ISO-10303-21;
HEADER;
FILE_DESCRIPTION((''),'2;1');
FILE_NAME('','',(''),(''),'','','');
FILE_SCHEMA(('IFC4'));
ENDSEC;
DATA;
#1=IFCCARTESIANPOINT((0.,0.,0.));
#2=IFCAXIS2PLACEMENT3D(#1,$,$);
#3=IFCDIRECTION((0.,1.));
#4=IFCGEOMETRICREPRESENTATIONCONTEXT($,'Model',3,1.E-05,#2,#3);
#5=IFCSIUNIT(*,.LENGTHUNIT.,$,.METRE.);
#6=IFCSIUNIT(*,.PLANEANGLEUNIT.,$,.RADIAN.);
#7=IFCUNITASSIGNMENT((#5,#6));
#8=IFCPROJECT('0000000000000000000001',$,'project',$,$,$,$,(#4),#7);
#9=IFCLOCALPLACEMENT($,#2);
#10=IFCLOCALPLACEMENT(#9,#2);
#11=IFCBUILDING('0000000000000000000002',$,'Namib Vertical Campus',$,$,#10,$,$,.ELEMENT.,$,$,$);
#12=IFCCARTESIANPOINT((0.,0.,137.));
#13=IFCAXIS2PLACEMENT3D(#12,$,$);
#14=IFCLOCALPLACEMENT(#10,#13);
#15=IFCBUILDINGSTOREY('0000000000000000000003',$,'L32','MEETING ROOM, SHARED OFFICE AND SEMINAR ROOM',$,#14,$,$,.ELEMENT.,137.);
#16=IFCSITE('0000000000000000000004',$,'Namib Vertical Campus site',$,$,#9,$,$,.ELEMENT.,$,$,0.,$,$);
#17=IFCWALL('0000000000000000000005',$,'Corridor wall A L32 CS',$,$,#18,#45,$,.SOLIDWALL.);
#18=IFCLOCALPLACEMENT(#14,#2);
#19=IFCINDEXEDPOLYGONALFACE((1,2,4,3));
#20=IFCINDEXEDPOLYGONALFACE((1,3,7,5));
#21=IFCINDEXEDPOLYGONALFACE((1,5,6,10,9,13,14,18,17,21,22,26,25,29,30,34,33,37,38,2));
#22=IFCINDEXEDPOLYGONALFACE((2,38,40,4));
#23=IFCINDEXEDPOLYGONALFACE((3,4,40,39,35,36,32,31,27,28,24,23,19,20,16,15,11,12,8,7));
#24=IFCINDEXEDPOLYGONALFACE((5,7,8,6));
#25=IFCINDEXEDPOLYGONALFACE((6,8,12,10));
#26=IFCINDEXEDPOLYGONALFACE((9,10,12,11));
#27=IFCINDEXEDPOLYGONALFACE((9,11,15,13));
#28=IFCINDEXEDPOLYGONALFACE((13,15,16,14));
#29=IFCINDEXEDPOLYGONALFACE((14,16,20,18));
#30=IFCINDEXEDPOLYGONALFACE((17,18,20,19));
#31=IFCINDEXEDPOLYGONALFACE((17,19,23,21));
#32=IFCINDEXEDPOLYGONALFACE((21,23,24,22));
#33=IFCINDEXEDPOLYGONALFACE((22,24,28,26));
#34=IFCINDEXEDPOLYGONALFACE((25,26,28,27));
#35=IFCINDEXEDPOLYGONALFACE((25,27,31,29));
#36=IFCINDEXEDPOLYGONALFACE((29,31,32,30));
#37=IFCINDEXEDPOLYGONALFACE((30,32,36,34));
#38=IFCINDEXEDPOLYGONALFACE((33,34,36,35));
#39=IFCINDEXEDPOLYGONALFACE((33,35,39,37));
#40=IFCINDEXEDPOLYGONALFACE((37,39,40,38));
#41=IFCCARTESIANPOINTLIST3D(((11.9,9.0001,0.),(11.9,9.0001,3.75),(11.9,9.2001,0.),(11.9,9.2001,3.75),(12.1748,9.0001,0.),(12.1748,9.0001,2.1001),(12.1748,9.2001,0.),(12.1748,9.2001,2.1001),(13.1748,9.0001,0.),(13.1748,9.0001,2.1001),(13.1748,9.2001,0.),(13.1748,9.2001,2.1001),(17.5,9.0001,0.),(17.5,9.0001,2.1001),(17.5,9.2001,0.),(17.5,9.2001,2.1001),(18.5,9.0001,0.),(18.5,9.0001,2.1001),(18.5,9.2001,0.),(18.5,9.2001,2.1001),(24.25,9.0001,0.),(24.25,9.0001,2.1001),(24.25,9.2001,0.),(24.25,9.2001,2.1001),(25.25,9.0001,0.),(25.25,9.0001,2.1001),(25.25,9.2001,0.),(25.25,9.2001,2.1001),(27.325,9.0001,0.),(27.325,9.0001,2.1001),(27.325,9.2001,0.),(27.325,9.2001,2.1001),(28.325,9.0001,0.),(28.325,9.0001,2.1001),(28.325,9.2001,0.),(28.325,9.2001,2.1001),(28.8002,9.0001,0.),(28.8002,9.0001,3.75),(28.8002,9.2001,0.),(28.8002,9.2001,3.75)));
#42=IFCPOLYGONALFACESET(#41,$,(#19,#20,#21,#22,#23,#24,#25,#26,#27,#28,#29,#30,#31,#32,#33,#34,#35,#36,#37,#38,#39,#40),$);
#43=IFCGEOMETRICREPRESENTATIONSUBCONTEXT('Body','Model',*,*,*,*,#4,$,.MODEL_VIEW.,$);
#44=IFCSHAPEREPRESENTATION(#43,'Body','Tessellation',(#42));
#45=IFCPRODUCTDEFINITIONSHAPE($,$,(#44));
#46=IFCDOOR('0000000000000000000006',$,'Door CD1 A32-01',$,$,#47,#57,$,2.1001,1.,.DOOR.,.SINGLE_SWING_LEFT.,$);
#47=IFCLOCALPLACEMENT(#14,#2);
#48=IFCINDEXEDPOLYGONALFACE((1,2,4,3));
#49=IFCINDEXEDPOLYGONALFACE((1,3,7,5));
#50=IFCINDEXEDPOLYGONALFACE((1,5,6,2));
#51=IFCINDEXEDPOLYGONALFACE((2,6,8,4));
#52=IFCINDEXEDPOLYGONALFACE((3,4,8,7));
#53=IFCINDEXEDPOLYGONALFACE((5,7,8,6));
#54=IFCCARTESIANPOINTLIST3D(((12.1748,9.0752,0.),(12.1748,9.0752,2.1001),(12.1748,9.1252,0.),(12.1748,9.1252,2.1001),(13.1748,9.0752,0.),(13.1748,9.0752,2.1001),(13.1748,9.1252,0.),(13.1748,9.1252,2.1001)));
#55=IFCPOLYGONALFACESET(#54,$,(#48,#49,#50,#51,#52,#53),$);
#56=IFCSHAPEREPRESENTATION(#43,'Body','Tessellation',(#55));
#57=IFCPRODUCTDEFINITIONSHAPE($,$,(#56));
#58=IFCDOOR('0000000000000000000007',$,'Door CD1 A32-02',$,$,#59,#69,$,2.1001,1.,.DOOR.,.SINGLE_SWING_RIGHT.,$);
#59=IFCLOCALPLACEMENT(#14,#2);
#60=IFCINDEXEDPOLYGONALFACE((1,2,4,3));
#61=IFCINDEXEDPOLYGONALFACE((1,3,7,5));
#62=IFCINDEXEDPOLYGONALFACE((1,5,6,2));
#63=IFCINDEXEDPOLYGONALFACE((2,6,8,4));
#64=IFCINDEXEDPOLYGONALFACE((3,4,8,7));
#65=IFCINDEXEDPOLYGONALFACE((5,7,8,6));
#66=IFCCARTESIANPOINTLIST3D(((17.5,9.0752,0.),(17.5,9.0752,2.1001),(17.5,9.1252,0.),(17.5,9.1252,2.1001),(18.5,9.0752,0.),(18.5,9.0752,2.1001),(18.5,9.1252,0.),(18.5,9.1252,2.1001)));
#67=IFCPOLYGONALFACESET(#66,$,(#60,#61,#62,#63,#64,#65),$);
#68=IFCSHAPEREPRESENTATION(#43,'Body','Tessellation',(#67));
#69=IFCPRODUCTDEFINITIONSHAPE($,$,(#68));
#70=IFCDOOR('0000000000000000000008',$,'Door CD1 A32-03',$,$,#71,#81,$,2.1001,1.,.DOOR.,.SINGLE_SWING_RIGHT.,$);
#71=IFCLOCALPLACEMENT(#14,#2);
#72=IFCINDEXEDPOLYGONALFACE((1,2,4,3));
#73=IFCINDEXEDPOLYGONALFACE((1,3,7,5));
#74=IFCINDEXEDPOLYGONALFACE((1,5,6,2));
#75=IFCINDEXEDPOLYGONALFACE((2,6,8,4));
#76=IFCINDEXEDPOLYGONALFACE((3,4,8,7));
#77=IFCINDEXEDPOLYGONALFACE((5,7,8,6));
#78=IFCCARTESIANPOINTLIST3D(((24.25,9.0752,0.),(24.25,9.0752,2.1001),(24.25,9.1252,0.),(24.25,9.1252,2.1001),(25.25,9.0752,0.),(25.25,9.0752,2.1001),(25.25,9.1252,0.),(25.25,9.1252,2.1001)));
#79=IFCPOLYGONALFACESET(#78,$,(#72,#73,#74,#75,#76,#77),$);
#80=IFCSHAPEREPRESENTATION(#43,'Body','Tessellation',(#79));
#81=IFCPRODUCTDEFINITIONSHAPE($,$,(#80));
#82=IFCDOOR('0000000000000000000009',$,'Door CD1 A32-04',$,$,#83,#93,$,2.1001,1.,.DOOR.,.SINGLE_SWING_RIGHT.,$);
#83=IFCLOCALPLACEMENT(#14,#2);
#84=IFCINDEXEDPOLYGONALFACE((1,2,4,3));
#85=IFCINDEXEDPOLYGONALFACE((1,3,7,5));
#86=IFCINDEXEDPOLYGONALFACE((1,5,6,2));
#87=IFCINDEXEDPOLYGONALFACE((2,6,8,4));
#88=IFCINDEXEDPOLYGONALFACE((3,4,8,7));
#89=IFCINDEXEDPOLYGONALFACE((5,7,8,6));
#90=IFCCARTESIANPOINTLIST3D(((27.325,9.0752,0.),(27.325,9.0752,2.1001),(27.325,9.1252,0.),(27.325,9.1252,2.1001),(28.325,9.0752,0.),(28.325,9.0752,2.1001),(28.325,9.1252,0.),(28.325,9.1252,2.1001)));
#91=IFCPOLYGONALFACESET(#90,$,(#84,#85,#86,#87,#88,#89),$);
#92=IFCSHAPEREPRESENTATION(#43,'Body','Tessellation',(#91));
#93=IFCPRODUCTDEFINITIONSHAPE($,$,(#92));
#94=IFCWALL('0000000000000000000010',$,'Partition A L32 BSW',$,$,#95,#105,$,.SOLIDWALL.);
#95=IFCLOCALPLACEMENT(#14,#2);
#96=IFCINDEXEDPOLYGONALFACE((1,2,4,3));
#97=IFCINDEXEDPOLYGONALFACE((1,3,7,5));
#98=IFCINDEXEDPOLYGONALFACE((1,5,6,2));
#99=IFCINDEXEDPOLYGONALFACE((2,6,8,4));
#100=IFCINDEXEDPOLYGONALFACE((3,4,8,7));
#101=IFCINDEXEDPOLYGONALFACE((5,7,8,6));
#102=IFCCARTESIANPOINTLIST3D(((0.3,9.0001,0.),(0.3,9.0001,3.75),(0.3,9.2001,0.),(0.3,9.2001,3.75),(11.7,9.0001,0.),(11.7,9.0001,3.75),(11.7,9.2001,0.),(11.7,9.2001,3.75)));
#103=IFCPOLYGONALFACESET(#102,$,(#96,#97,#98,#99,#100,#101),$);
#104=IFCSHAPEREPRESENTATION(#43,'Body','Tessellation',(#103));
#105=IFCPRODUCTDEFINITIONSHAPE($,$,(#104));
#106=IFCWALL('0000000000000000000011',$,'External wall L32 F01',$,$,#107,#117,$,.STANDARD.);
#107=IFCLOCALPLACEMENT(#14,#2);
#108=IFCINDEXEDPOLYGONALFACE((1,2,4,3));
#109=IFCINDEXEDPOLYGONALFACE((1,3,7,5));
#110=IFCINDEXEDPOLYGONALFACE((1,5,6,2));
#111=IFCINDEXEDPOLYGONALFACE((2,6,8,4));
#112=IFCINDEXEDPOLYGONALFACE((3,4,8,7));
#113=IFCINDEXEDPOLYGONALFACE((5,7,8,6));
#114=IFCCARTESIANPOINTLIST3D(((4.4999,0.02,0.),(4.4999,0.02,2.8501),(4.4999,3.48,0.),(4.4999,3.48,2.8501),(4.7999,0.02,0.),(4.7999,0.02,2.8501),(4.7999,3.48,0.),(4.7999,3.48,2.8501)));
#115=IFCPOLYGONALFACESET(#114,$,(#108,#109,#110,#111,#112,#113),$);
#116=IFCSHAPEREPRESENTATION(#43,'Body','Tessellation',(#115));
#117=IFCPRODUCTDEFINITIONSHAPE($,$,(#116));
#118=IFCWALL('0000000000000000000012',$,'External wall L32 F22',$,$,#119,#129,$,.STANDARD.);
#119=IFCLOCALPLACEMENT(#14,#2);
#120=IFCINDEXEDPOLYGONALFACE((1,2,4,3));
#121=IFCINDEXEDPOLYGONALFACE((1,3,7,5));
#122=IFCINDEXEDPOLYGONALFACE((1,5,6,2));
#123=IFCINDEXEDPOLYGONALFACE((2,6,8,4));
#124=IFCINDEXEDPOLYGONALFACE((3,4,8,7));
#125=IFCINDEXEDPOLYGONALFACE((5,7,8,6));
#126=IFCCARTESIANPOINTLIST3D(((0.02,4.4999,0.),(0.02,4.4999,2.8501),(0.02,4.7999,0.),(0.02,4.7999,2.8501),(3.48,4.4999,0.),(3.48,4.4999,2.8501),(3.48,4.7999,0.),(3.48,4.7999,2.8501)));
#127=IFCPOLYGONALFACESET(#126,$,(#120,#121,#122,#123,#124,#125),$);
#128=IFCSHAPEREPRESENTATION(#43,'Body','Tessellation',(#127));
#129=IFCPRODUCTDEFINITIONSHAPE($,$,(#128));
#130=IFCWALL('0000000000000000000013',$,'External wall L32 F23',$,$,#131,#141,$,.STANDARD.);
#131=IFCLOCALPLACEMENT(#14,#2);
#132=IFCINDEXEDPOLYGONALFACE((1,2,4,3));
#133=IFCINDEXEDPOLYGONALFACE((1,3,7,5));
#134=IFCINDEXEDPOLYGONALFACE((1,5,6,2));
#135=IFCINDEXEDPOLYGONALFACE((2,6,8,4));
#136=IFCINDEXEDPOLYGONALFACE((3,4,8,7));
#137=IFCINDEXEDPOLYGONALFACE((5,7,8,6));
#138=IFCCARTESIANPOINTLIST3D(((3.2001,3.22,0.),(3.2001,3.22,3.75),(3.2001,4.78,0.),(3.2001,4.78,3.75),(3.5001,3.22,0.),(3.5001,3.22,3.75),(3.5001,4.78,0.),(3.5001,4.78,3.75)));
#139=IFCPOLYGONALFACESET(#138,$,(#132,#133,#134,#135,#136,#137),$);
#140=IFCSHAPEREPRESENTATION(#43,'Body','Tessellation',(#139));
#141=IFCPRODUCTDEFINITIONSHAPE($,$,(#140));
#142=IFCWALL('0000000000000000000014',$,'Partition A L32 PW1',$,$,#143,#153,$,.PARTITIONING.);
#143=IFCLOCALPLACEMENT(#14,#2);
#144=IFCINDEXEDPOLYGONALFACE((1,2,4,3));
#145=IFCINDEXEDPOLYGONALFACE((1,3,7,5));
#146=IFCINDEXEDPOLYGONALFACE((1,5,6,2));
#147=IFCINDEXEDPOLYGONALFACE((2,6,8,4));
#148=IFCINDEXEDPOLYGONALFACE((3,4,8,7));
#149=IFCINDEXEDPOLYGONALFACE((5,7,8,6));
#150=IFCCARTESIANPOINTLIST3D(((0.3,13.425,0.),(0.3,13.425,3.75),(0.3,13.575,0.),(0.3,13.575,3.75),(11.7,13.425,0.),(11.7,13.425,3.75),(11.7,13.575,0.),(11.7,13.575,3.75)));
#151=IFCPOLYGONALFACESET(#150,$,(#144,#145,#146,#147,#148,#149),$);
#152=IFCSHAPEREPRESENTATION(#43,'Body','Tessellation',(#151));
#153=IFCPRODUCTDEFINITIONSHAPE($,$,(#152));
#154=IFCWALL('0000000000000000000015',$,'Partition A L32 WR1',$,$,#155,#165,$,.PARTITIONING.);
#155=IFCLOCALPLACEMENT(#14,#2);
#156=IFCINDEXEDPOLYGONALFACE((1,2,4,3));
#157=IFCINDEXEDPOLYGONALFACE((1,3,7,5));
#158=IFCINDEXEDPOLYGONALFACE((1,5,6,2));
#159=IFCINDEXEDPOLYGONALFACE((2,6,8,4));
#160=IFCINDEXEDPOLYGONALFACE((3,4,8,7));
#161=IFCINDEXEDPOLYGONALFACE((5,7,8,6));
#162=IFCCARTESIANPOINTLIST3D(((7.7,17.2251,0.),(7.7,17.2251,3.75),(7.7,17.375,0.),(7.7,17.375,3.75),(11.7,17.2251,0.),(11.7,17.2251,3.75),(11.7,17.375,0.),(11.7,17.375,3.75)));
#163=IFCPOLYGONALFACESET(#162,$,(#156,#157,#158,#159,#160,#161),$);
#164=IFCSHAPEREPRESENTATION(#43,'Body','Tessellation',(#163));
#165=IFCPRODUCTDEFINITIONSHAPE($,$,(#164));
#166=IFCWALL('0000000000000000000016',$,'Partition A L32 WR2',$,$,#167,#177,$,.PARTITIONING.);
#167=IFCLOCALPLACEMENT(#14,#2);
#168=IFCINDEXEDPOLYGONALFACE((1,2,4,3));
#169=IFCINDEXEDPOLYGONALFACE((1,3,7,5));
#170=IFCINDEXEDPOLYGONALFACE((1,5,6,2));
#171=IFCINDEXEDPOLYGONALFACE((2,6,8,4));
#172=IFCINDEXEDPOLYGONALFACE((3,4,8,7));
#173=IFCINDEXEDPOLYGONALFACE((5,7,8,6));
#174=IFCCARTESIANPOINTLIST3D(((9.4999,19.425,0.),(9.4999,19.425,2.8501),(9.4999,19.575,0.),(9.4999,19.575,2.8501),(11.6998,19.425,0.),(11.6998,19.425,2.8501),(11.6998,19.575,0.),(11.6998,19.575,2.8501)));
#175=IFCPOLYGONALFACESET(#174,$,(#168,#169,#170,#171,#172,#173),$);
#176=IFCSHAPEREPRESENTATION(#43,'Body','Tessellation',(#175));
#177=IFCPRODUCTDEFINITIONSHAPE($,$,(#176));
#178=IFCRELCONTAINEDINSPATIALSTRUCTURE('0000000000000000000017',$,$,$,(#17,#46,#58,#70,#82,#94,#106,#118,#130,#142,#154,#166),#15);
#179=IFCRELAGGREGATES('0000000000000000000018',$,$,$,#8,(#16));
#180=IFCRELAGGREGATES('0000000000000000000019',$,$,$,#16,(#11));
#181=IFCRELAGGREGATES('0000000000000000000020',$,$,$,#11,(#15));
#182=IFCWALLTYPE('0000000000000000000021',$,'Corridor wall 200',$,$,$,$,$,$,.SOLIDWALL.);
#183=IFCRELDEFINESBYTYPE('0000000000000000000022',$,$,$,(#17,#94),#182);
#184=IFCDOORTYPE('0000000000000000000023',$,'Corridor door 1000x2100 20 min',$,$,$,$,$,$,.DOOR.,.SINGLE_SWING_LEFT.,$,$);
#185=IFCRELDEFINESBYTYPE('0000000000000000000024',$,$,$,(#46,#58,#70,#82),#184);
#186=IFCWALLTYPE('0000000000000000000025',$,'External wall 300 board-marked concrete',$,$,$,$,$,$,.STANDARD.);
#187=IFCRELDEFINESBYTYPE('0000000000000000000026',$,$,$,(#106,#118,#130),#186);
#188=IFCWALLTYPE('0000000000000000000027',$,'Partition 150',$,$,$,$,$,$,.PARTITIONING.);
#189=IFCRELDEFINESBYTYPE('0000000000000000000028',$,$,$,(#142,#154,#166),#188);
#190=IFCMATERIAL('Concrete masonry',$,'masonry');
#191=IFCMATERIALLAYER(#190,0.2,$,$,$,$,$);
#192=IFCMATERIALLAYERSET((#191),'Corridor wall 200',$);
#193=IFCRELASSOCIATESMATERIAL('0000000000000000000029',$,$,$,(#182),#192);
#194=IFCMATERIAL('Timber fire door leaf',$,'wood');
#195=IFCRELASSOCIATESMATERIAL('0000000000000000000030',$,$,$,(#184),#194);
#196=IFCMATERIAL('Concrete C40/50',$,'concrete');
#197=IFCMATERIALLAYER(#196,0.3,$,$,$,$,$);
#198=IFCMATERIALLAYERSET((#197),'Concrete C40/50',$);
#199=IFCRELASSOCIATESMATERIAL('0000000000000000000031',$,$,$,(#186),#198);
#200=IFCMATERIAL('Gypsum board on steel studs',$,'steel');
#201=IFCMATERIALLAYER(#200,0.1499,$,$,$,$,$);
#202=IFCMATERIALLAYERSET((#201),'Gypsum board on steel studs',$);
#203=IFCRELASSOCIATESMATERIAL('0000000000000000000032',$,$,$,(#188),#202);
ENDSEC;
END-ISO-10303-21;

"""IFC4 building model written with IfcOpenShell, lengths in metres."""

from ifc_helpers import new_model, si_unit, direction, frame, frame_2d, origin, place, context, subcontext, project, spatial, rectangle, extrude, material, layer, layer_set, type_object, element, fill, save


model = new_model("IFC4")

# Units and contexts
model_context = context("Model", 3, precision=1e-05, world=origin(), true_north=direction((0.0, 1.0)))
body_context = subcontext(model_context, "Body", "Model", "MODEL_VIEW")
ifc_project = project(units=[si_unit("LENGTHUNIT", "METRE"), si_unit("PLANEANGLEUNIT", "RADIAN")], contexts=[model_context])

# Site, building, storey
site_placement = place(None, origin())
site = spatial("IfcSite", under=ifc_project, at=site_placement, Name="Namib Vertical Campus site", CompositionType="ELEMENT", RefElevation=0.0)
building_placement = place(site_placement, origin())
building = spatial("IfcBuilding", under=site, at=building_placement, Name="Namib Vertical Campus", CompositionType="ELEMENT")
storey_placement = place(building_placement, frame((0.0, 0.0, 137.0)))
storey = spatial("IfcBuildingStorey", under=building, at=storey_placement, Name="L32", Description="MEETING ROOM, SHARED OFFICE AND SEMINAR ROOM", CompositionType="ELEMENT", Elevation=137.0)

# Wall, openings, doors
ifc_material_1 = material(Name="Concrete masonry", Category="masonry")
ifc_layer_1 = layer(ifc_material_1, 0.2)
ifc_layer_set_1 = layer_set([ifc_layer_1], Name="Corridor wall 200")
wall_type_1 = type_object("IfcWallType", Name="Corridor wall 200", PredefinedType="SOLIDWALL", material=ifc_layer_set_1)
wall_1_placement = place(storey_placement, frame((11.8999, 9.1001, 0.0), z_axis=(0.0, 0.0, 1.0), x_axis=(1.0, 0.0, 0.0)))
wall_1 = element("IfcWall", 1, at=wall_1_placement, inside=storey, type_object=wall_type_1, Name="Corridor wall A L32 CS", PredefinedType="SOLIDWALL", context=body_context, shape_type="SweptSolid", body=[
    extrude(rectangle(XDim=16.9001, YDim=0.2, at=frame_2d((8.4502, 0.0))), origin(), (0.0, 0.0, 1.0), 3.75),
])
opening_1_placement = place(wall_1_placement, frame((0.2749, 0.0, 0.0)))
opening_1 = element("IfcOpeningElement", 2, at=opening_1_placement, cuts=wall_1, PredefinedType="OPENING", context=body_context, shape_type="SweptSolid", body=[
    extrude(rectangle(XDim=1.0, YDim=2.1001, at=frame_2d((0.5, 1.05))), frame((0.0, 0.1099, 0.0), z_axis=(0.0, -1.0, 0.0), x_axis=(1.0, 0.0, 0.0)), (0.0, 0.0, 1.0), 0.22),
])
opening_2_placement = place(wall_1_placement, frame((5.6001, 0.0, 0.0)))
opening_2 = element("IfcOpeningElement", 3, at=opening_2_placement, cuts=wall_1, PredefinedType="OPENING", context=body_context, shape_type="SweptSolid", body=[
    extrude(rectangle(XDim=1.0, YDim=2.1001, at=frame_2d((0.5, 1.05))), frame((0.0, 0.1099, 0.0), z_axis=(0.0, -1.0, 0.0), x_axis=(1.0, 0.0, 0.0)), (0.0, 0.0, 1.0), 0.22),
])
opening_3_placement = place(wall_1_placement, frame((12.3501, 0.0, 0.0)))
opening_3 = element("IfcOpeningElement", 4, at=opening_3_placement, cuts=wall_1, PredefinedType="OPENING", context=body_context, shape_type="SweptSolid", body=[
    extrude(rectangle(XDim=1.0, YDim=2.1001, at=frame_2d((0.5, 1.05))), frame((0.0, 0.1099, 0.0), z_axis=(0.0, -1.0, 0.0), x_axis=(1.0, 0.0, 0.0)), (0.0, 0.0, 1.0), 0.22),
])
opening_4_placement = place(wall_1_placement, frame((15.425, 0.0, 0.0)))
opening_4 = element("IfcOpeningElement", 5, at=opening_4_placement, cuts=wall_1, PredefinedType="OPENING", context=body_context, shape_type="SweptSolid", body=[
    extrude(rectangle(XDim=1.0, YDim=2.1001, at=frame_2d((0.5, 1.05))), frame((0.0, 0.1099, 0.0), z_axis=(0.0, -1.0, 0.0), x_axis=(1.0, 0.0, 0.0)), (0.0, 0.0, 1.0), 0.22),
])
ifc_material_2 = material(Name="Timber fire door leaf", Category="wood")
door_type = type_object("IfcDoorType", Name="Corridor door 1000x2100 20 min", OperationType="SINGLE_SWING_LEFT", PredefinedType="DOOR", material=ifc_material_2)
door_1_placement = place(opening_1_placement, frame((1.0, 0.0, 0.0), z_axis=(0.0, 0.0, 1.0), x_axis=(-1.0, 0.0, 0.0)))
door_1 = element("IfcDoor", 6, at=door_1_placement, inside=storey, type_object=door_type, Name="Door CD1 A32-01", OperationType="SINGLE_SWING_LEFT", OverallHeight=2.1001, OverallWidth=1.0, PredefinedType="DOOR", context=body_context, shape_type="SweptSolid", body=[
    extrude(rectangle(XDim=1.0, YDim=2.1001, at=frame_2d((0.5, 1.05))), frame((0.0, 0.0249, 0.0), z_axis=(0.0, -1.0, 0.0), x_axis=(1.0, 0.0, 0.0)), (0.0, 0.0, 1.0), 0.05),
])
fill(opening_1, door_1)
door_2_placement = place(opening_2_placement, frame((1.0, 0.0, 0.0), z_axis=(0.0, 0.0, 1.0), x_axis=(-1.0, 0.0, 0.0)))
door_2 = element("IfcDoor", 7, at=door_2_placement, inside=storey, type_object=door_type, Name="Door CD1 A32-02", OperationType="SINGLE_SWING_RIGHT", OverallHeight=2.1001, OverallWidth=1.0, PredefinedType="DOOR", context=body_context, shape_type="SweptSolid", body=[
    extrude(rectangle(XDim=1.0, YDim=2.1001, at=frame_2d((0.5, 1.05))), frame((0.0, 0.0249, 0.0), z_axis=(0.0, -1.0, 0.0), x_axis=(1.0, 0.0, 0.0)), (0.0, 0.0, 1.0), 0.05),
])
fill(opening_2, door_2)
door_3_placement = place(opening_3_placement, frame((1.0, 0.0, 0.0), z_axis=(0.0, 0.0, 1.0), x_axis=(-1.0, 0.0, 0.0)))
door_3 = element("IfcDoor", 8, at=door_3_placement, inside=storey, type_object=door_type, Name="Door CD1 A32-03", OperationType="SINGLE_SWING_RIGHT", OverallHeight=2.1001, OverallWidth=1.0, PredefinedType="DOOR", context=body_context, shape_type="SweptSolid", body=[
    extrude(rectangle(XDim=1.0, YDim=2.1001, at=frame_2d((0.5, 1.05))), frame((0.0, 0.0249, 0.0), z_axis=(0.0, -1.0, 0.0), x_axis=(1.0, 0.0, 0.0)), (0.0, 0.0, 1.0), 0.05),
])
fill(opening_3, door_3)
door_4_placement = place(opening_4_placement, frame((1.0, 0.0, 0.0), z_axis=(0.0, 0.0, 1.0), x_axis=(-1.0, 0.0, 0.0)))
door_4 = element("IfcDoor", 9, at=door_4_placement, inside=storey, type_object=door_type, Name="Door CD1 A32-04", OperationType="SINGLE_SWING_RIGHT", OverallHeight=2.1001, OverallWidth=1.0, PredefinedType="DOOR", context=body_context, shape_type="SweptSolid", body=[
    extrude(rectangle(XDim=1.0, YDim=2.1001, at=frame_2d((0.5, 1.05))), frame((0.0, 0.0249, 0.0), z_axis=(0.0, -1.0, 0.0), x_axis=(1.0, 0.0, 0.0)), (0.0, 0.0, 1.0), 0.05),
])
fill(opening_4, door_4)

# Walls
wall_2_placement = place(storey_placement, frame((0.3, 9.1001, 0.0), z_axis=(0.0, 0.0, 1.0), x_axis=(1.0, 0.0, 0.0)))
element("IfcWall", 10, at=wall_2_placement, inside=storey, type_object=wall_type_1, Name="Partition A L32 BSW", PredefinedType="SOLIDWALL", context=body_context, shape_type="SweptSolid", body=[
    extrude(rectangle(XDim=11.3999, YDim=0.2, at=frame_2d((5.7, 0.0))), origin(), (0.0, 0.0, 1.0), 3.75),
])
ifc_material_3 = material(Name="Concrete C40/50", Category="concrete")
ifc_layer_2 = layer(ifc_material_3, 0.3)
ifc_layer_set_2 = layer_set([ifc_layer_2], Name="Concrete C40/50")
wall_type_2 = type_object("IfcWallType", Name="External wall 300 board-marked concrete", PredefinedType="STANDARD", material=ifc_layer_set_2)
for number, where, z_axis, x_axis, name in (
    (11, (4.6499, 3.48, 0.0), (0.0, 0.0, 1.0), (0.0, -1.0, 0.0), "External wall L32 F01"),
    (12, (0.02, 4.6499, 0.0), (0.0, 0.0, 1.0), (1.0, 0.0, 0.0), "External wall L32 F22"),
):
    element("IfcWall", number, at=place(storey_placement, frame(where, z_axis=z_axis, x_axis=x_axis)), inside=storey, type_object=wall_type_2, Name=name, PredefinedType="STANDARD", context=body_context, shape_type="SweptSolid", body=[
        extrude(rectangle(XDim=3.46, YDim=0.3, at=frame_2d((1.73, 0.0))), origin(), (0.0, 0.0, 1.0), 2.8501),
    ])
wall_3_placement = place(storey_placement, frame((3.3501, 4.78, 0.0), z_axis=(0.0, 0.0, 1.0), x_axis=(0.0, -1.0, 0.0)))
element("IfcWall", 13, at=wall_3_placement, inside=storey, type_object=wall_type_2, Name="External wall L32 F23", PredefinedType="STANDARD", context=body_context, shape_type="SweptSolid", body=[
    extrude(rectangle(XDim=1.5601, YDim=0.3, at=frame_2d((0.78, 0.0))), origin(), (0.0, 0.0, 1.0), 3.75),
])
ifc_material_4 = material(Name="Gypsum board on steel studs", Category="steel")
ifc_layer_3 = layer(ifc_material_4, 0.1499)
ifc_layer_set_3 = layer_set([ifc_layer_3], Name="Gypsum board on steel studs")
wall_type_3 = type_object("IfcWallType", Name="Partition 150", PredefinedType="PARTITIONING", material=ifc_layer_set_3)
wall_4_placement = place(storey_placement, frame((0.3, 13.5, 0.0), z_axis=(0.0, 0.0, 1.0), x_axis=(1.0, 0.0, 0.0)))
element("IfcWall", 14, at=wall_4_placement, inside=storey, type_object=wall_type_3, Name="Partition A L32 PW1", PredefinedType="PARTITIONING", context=body_context, shape_type="SweptSolid", body=[
    extrude(rectangle(XDim=11.3999, YDim=0.1499, at=frame_2d((5.7, 0.0))), origin(), (0.0, 0.0, 1.0), 3.75),
])
wall_5_placement = place(storey_placement, frame((11.7, 17.3, 0.0), z_axis=(0.0, 0.0, 1.0), x_axis=(-1.0, 0.0, 0.0)))
element("IfcWall", 15, at=wall_5_placement, inside=storey, type_object=wall_type_3, Name="Partition A L32 WR1", PredefinedType="PARTITIONING", context=body_context, shape_type="SweptSolid", body=[
    extrude(rectangle(XDim=4.0, YDim=0.1499, at=frame_2d((2.0, 0.0))), origin(), (0.0, 0.0, 1.0), 3.75),
])
wall_6_placement = place(storey_placement, frame((11.7, 19.5, 0.0), z_axis=(0.0, 0.0, 1.0), x_axis=(-1.0, 0.0, 0.0)))
element("IfcWall", 16, at=wall_6_placement, inside=storey, type_object=wall_type_3, Name="Partition A L32 WR2", PredefinedType="PARTITIONING", context=body_context, shape_type="SweptSolid", body=[
    extrude(rectangle(XDim=2.2, YDim=0.1499, at=frame_2d((1.1001, 0.0))), origin(), (0.0, 0.0, 1.0), 2.8501),
])

save(model, "model.ifc")
